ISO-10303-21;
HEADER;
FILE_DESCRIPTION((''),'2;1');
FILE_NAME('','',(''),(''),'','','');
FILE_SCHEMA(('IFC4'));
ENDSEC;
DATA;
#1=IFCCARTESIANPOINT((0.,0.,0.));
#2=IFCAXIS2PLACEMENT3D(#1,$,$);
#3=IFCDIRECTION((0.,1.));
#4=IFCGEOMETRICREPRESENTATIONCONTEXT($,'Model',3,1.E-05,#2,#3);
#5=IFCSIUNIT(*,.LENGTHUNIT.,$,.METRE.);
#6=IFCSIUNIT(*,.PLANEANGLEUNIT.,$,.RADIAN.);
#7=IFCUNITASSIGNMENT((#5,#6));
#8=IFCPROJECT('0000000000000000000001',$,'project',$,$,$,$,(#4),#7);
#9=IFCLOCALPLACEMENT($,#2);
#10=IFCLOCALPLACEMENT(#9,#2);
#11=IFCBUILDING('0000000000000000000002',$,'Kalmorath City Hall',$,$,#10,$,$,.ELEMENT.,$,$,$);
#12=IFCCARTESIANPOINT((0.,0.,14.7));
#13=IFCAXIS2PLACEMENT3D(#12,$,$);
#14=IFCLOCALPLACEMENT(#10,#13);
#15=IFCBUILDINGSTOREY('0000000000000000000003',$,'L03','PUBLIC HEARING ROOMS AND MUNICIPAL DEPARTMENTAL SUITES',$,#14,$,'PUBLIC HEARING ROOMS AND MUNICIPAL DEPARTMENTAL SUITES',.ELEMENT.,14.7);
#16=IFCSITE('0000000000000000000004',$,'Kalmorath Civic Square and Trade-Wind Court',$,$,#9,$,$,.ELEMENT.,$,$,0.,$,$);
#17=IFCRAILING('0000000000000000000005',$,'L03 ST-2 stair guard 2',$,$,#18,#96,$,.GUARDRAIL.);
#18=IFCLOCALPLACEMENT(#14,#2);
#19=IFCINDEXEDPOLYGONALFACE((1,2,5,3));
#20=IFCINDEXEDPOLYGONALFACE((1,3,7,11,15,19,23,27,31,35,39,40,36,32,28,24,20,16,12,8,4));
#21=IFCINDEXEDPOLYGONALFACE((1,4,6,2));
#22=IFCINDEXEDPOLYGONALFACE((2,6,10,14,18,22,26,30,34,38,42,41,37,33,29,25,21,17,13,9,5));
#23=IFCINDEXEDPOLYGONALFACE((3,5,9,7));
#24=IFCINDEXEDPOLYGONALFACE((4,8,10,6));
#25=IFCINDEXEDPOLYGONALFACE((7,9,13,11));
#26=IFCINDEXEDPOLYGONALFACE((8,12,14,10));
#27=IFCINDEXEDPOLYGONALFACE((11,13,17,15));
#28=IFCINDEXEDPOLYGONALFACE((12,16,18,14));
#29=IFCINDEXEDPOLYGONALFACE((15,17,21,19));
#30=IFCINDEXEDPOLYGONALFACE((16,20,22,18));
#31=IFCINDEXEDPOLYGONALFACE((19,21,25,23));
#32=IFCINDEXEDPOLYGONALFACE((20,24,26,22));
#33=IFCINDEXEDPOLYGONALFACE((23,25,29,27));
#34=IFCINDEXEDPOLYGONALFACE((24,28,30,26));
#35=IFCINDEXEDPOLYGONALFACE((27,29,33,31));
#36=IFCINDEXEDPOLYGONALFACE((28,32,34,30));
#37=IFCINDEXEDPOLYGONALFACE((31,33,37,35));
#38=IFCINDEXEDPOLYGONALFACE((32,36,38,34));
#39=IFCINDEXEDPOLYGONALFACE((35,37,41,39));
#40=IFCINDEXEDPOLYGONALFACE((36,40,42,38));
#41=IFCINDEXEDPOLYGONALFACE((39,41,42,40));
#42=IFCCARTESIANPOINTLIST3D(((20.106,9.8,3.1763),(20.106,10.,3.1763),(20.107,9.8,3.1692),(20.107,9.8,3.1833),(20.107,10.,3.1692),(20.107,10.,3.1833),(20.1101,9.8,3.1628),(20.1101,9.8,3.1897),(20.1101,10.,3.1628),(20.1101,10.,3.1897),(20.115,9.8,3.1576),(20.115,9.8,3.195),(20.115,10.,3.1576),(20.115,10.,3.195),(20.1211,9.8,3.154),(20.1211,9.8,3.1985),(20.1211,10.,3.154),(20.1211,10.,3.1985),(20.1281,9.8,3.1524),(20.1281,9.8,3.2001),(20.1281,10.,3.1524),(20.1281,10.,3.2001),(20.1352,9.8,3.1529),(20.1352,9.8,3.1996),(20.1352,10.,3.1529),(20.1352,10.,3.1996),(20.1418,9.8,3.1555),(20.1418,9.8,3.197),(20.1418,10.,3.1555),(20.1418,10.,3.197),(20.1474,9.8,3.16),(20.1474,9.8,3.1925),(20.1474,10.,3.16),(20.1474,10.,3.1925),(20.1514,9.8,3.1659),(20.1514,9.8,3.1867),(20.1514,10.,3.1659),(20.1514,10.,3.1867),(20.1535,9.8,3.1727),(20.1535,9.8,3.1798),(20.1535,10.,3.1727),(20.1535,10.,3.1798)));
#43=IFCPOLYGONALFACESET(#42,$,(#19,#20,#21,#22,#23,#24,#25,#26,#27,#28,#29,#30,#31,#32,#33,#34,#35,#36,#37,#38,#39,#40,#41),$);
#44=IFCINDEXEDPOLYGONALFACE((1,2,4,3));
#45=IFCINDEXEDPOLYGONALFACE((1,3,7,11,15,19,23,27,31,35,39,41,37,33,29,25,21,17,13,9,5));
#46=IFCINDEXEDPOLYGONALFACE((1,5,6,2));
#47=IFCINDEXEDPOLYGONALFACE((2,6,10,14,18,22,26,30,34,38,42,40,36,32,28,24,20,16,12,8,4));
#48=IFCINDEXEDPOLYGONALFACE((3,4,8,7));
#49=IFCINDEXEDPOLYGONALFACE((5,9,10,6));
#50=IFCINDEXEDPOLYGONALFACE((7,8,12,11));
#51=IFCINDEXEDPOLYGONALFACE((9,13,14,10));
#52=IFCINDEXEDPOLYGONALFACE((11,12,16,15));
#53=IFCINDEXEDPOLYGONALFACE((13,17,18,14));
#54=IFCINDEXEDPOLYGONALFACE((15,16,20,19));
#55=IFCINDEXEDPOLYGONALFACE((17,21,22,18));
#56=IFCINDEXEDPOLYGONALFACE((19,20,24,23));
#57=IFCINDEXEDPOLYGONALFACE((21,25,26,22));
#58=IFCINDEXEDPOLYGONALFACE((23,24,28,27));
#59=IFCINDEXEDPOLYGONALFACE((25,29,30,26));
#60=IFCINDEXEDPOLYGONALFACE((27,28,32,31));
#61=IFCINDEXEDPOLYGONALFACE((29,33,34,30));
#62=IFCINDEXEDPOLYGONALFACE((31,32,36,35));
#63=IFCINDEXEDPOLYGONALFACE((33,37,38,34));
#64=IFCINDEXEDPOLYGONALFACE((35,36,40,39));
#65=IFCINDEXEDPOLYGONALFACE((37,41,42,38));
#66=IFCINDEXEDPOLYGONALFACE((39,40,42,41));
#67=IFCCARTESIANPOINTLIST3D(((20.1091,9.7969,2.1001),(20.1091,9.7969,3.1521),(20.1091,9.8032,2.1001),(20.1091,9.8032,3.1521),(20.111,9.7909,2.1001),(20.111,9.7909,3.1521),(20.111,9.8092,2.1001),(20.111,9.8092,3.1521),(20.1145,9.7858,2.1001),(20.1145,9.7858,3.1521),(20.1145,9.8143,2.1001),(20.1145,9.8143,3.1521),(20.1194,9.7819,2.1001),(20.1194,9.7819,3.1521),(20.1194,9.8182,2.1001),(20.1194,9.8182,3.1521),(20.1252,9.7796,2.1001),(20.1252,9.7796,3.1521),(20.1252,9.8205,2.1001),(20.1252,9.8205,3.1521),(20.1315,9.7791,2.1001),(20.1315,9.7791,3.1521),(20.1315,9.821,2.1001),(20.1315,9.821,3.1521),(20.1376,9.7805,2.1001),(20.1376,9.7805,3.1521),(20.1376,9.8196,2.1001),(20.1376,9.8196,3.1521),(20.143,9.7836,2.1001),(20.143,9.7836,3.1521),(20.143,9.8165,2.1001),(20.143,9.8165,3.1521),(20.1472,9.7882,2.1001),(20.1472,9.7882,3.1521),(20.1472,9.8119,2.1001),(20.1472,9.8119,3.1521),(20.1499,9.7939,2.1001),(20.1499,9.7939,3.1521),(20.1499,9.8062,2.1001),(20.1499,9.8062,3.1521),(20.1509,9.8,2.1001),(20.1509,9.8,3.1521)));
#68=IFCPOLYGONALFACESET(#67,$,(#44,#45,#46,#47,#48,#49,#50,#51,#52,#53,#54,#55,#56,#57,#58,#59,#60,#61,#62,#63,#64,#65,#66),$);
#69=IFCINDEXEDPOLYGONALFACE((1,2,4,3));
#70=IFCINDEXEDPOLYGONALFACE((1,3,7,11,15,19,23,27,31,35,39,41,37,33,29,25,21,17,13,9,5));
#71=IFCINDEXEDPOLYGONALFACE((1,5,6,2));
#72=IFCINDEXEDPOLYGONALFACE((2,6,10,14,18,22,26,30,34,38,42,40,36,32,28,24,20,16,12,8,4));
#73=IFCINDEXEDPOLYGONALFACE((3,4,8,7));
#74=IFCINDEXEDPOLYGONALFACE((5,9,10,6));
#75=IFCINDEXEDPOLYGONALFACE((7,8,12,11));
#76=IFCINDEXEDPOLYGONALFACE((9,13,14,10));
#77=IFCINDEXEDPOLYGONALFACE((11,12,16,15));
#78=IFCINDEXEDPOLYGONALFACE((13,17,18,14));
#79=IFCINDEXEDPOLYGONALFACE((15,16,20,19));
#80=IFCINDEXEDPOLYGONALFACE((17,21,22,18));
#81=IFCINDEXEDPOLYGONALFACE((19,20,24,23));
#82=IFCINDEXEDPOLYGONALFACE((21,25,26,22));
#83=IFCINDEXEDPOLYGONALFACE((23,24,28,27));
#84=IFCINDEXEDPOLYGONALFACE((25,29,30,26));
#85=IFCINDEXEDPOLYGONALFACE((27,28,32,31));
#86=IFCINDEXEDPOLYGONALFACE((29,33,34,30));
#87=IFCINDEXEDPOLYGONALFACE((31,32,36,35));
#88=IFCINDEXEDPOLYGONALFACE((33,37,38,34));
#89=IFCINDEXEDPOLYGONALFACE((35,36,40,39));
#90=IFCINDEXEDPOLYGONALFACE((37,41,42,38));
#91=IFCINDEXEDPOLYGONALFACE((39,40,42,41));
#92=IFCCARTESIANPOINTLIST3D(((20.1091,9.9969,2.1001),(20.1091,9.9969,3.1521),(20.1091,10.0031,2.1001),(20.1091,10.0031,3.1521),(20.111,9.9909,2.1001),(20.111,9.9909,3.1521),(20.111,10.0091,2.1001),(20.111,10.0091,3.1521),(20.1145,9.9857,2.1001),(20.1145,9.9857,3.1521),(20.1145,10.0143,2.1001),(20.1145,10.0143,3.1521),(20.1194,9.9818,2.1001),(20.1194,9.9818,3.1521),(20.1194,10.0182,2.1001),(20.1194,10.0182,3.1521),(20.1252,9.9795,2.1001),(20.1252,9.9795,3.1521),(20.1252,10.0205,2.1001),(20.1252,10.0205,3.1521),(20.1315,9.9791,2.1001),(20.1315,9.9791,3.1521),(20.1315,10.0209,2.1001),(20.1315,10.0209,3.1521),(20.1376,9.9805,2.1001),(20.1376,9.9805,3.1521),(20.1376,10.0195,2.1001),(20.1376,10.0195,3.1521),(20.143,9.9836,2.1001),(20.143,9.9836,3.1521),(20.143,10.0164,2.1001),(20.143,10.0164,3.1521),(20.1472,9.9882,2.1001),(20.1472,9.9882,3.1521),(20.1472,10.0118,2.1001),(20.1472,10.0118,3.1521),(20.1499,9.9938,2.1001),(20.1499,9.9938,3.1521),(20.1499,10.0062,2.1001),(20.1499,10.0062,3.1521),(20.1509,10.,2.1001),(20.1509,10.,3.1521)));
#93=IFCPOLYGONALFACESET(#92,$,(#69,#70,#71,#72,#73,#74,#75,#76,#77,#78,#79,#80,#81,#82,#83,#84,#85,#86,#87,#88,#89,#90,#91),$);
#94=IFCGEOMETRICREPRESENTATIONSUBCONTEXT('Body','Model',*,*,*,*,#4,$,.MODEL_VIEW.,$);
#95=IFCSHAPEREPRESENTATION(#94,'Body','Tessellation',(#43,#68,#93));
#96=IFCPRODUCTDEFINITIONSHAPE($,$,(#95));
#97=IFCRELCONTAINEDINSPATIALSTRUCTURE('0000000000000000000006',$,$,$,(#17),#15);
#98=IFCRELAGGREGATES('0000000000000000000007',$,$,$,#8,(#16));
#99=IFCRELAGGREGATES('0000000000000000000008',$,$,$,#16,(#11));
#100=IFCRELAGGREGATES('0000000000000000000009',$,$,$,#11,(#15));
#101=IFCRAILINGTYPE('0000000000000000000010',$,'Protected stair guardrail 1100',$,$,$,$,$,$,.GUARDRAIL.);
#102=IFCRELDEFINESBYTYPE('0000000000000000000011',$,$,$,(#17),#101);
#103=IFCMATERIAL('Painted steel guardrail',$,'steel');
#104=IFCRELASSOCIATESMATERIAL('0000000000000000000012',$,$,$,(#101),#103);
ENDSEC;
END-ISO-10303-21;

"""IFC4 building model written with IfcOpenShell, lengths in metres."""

from ifc_helpers import new_model, si_unit, direction, frame, origin, origin_2d, place, context, subcontext, project, spatial, circle, extrude, material, type_object, element, save


model = new_model("IFC4")

# Units and contexts
model_context = context("Model", 3, precision=1e-05, world=origin(), true_north=direction((0.0, 1.0)))
body_context = subcontext(model_context, "Body", "Model", "MODEL_VIEW")
ifc_project = project(units=[si_unit("LENGTHUNIT", "METRE"), si_unit("PLANEANGLEUNIT", "RADIAN")], contexts=[model_context])

# Site, building, storey
site_placement = place(None, origin())
site = spatial("IfcSite", under=ifc_project, at=site_placement, Name="Kalmorath Civic Square and Trade-Wind Court", CompositionType="ELEMENT", RefElevation=0.0)
building_placement = place(site_placement, origin())
building = spatial("IfcBuilding", under=site, at=building_placement, Name="Kalmorath City Hall", CompositionType="ELEMENT")
storey_placement = place(building_placement, frame((0.0, 0.0, 14.7)))
storey = spatial("IfcBuildingStorey", under=building, at=storey_placement, Name="L03", Description="PUBLIC HEARING ROOMS AND MUNICIPAL DEPARTMENTAL SUITES", LongName="PUBLIC HEARING ROOMS AND MUNICIPAL DEPARTMENTAL SUITES", CompositionType="ELEMENT", Elevation=14.7)

# Railing
ifc_material_1 = material(Name="Painted steel guardrail", Category="steel")
railing_type_1 = type_object("IfcRailingType", Name="Protected stair guardrail 1100", PredefinedType="GUARDRAIL", material=ifc_material_1)
railing_1_placement = place(storey_placement, frame((20.1299, 9.8, 2.1001)))
element("IfcRailing", 1, at=railing_1_placement, inside=storey, type_object=railing_type_1, Name="L03 ST-2 stair guard 2", PredefinedType="GUARDRAIL", context=body_context, shape_type="SweptSolid", body=[
    extrude(circle(Radius=0.0239, at=origin_2d()), frame((0.0, 0.0, 1.0762), z_axis=(0.0, 1.0, 0.0), x_axis=(-1.0, 0.0, 0.0)), (0.0, 0.0, 1.0), 0.2),
    extrude(circle(Radius=0.021, at=origin_2d()), origin(), (0.0, 0.0, 1.0), 1.052),
    extrude(circle(Radius=0.021, at=origin_2d()), frame((0.0, 0.2, 0.0)), (0.0, 0.0, 1.0), 1.052),
])

save(model, "model.ifc")
